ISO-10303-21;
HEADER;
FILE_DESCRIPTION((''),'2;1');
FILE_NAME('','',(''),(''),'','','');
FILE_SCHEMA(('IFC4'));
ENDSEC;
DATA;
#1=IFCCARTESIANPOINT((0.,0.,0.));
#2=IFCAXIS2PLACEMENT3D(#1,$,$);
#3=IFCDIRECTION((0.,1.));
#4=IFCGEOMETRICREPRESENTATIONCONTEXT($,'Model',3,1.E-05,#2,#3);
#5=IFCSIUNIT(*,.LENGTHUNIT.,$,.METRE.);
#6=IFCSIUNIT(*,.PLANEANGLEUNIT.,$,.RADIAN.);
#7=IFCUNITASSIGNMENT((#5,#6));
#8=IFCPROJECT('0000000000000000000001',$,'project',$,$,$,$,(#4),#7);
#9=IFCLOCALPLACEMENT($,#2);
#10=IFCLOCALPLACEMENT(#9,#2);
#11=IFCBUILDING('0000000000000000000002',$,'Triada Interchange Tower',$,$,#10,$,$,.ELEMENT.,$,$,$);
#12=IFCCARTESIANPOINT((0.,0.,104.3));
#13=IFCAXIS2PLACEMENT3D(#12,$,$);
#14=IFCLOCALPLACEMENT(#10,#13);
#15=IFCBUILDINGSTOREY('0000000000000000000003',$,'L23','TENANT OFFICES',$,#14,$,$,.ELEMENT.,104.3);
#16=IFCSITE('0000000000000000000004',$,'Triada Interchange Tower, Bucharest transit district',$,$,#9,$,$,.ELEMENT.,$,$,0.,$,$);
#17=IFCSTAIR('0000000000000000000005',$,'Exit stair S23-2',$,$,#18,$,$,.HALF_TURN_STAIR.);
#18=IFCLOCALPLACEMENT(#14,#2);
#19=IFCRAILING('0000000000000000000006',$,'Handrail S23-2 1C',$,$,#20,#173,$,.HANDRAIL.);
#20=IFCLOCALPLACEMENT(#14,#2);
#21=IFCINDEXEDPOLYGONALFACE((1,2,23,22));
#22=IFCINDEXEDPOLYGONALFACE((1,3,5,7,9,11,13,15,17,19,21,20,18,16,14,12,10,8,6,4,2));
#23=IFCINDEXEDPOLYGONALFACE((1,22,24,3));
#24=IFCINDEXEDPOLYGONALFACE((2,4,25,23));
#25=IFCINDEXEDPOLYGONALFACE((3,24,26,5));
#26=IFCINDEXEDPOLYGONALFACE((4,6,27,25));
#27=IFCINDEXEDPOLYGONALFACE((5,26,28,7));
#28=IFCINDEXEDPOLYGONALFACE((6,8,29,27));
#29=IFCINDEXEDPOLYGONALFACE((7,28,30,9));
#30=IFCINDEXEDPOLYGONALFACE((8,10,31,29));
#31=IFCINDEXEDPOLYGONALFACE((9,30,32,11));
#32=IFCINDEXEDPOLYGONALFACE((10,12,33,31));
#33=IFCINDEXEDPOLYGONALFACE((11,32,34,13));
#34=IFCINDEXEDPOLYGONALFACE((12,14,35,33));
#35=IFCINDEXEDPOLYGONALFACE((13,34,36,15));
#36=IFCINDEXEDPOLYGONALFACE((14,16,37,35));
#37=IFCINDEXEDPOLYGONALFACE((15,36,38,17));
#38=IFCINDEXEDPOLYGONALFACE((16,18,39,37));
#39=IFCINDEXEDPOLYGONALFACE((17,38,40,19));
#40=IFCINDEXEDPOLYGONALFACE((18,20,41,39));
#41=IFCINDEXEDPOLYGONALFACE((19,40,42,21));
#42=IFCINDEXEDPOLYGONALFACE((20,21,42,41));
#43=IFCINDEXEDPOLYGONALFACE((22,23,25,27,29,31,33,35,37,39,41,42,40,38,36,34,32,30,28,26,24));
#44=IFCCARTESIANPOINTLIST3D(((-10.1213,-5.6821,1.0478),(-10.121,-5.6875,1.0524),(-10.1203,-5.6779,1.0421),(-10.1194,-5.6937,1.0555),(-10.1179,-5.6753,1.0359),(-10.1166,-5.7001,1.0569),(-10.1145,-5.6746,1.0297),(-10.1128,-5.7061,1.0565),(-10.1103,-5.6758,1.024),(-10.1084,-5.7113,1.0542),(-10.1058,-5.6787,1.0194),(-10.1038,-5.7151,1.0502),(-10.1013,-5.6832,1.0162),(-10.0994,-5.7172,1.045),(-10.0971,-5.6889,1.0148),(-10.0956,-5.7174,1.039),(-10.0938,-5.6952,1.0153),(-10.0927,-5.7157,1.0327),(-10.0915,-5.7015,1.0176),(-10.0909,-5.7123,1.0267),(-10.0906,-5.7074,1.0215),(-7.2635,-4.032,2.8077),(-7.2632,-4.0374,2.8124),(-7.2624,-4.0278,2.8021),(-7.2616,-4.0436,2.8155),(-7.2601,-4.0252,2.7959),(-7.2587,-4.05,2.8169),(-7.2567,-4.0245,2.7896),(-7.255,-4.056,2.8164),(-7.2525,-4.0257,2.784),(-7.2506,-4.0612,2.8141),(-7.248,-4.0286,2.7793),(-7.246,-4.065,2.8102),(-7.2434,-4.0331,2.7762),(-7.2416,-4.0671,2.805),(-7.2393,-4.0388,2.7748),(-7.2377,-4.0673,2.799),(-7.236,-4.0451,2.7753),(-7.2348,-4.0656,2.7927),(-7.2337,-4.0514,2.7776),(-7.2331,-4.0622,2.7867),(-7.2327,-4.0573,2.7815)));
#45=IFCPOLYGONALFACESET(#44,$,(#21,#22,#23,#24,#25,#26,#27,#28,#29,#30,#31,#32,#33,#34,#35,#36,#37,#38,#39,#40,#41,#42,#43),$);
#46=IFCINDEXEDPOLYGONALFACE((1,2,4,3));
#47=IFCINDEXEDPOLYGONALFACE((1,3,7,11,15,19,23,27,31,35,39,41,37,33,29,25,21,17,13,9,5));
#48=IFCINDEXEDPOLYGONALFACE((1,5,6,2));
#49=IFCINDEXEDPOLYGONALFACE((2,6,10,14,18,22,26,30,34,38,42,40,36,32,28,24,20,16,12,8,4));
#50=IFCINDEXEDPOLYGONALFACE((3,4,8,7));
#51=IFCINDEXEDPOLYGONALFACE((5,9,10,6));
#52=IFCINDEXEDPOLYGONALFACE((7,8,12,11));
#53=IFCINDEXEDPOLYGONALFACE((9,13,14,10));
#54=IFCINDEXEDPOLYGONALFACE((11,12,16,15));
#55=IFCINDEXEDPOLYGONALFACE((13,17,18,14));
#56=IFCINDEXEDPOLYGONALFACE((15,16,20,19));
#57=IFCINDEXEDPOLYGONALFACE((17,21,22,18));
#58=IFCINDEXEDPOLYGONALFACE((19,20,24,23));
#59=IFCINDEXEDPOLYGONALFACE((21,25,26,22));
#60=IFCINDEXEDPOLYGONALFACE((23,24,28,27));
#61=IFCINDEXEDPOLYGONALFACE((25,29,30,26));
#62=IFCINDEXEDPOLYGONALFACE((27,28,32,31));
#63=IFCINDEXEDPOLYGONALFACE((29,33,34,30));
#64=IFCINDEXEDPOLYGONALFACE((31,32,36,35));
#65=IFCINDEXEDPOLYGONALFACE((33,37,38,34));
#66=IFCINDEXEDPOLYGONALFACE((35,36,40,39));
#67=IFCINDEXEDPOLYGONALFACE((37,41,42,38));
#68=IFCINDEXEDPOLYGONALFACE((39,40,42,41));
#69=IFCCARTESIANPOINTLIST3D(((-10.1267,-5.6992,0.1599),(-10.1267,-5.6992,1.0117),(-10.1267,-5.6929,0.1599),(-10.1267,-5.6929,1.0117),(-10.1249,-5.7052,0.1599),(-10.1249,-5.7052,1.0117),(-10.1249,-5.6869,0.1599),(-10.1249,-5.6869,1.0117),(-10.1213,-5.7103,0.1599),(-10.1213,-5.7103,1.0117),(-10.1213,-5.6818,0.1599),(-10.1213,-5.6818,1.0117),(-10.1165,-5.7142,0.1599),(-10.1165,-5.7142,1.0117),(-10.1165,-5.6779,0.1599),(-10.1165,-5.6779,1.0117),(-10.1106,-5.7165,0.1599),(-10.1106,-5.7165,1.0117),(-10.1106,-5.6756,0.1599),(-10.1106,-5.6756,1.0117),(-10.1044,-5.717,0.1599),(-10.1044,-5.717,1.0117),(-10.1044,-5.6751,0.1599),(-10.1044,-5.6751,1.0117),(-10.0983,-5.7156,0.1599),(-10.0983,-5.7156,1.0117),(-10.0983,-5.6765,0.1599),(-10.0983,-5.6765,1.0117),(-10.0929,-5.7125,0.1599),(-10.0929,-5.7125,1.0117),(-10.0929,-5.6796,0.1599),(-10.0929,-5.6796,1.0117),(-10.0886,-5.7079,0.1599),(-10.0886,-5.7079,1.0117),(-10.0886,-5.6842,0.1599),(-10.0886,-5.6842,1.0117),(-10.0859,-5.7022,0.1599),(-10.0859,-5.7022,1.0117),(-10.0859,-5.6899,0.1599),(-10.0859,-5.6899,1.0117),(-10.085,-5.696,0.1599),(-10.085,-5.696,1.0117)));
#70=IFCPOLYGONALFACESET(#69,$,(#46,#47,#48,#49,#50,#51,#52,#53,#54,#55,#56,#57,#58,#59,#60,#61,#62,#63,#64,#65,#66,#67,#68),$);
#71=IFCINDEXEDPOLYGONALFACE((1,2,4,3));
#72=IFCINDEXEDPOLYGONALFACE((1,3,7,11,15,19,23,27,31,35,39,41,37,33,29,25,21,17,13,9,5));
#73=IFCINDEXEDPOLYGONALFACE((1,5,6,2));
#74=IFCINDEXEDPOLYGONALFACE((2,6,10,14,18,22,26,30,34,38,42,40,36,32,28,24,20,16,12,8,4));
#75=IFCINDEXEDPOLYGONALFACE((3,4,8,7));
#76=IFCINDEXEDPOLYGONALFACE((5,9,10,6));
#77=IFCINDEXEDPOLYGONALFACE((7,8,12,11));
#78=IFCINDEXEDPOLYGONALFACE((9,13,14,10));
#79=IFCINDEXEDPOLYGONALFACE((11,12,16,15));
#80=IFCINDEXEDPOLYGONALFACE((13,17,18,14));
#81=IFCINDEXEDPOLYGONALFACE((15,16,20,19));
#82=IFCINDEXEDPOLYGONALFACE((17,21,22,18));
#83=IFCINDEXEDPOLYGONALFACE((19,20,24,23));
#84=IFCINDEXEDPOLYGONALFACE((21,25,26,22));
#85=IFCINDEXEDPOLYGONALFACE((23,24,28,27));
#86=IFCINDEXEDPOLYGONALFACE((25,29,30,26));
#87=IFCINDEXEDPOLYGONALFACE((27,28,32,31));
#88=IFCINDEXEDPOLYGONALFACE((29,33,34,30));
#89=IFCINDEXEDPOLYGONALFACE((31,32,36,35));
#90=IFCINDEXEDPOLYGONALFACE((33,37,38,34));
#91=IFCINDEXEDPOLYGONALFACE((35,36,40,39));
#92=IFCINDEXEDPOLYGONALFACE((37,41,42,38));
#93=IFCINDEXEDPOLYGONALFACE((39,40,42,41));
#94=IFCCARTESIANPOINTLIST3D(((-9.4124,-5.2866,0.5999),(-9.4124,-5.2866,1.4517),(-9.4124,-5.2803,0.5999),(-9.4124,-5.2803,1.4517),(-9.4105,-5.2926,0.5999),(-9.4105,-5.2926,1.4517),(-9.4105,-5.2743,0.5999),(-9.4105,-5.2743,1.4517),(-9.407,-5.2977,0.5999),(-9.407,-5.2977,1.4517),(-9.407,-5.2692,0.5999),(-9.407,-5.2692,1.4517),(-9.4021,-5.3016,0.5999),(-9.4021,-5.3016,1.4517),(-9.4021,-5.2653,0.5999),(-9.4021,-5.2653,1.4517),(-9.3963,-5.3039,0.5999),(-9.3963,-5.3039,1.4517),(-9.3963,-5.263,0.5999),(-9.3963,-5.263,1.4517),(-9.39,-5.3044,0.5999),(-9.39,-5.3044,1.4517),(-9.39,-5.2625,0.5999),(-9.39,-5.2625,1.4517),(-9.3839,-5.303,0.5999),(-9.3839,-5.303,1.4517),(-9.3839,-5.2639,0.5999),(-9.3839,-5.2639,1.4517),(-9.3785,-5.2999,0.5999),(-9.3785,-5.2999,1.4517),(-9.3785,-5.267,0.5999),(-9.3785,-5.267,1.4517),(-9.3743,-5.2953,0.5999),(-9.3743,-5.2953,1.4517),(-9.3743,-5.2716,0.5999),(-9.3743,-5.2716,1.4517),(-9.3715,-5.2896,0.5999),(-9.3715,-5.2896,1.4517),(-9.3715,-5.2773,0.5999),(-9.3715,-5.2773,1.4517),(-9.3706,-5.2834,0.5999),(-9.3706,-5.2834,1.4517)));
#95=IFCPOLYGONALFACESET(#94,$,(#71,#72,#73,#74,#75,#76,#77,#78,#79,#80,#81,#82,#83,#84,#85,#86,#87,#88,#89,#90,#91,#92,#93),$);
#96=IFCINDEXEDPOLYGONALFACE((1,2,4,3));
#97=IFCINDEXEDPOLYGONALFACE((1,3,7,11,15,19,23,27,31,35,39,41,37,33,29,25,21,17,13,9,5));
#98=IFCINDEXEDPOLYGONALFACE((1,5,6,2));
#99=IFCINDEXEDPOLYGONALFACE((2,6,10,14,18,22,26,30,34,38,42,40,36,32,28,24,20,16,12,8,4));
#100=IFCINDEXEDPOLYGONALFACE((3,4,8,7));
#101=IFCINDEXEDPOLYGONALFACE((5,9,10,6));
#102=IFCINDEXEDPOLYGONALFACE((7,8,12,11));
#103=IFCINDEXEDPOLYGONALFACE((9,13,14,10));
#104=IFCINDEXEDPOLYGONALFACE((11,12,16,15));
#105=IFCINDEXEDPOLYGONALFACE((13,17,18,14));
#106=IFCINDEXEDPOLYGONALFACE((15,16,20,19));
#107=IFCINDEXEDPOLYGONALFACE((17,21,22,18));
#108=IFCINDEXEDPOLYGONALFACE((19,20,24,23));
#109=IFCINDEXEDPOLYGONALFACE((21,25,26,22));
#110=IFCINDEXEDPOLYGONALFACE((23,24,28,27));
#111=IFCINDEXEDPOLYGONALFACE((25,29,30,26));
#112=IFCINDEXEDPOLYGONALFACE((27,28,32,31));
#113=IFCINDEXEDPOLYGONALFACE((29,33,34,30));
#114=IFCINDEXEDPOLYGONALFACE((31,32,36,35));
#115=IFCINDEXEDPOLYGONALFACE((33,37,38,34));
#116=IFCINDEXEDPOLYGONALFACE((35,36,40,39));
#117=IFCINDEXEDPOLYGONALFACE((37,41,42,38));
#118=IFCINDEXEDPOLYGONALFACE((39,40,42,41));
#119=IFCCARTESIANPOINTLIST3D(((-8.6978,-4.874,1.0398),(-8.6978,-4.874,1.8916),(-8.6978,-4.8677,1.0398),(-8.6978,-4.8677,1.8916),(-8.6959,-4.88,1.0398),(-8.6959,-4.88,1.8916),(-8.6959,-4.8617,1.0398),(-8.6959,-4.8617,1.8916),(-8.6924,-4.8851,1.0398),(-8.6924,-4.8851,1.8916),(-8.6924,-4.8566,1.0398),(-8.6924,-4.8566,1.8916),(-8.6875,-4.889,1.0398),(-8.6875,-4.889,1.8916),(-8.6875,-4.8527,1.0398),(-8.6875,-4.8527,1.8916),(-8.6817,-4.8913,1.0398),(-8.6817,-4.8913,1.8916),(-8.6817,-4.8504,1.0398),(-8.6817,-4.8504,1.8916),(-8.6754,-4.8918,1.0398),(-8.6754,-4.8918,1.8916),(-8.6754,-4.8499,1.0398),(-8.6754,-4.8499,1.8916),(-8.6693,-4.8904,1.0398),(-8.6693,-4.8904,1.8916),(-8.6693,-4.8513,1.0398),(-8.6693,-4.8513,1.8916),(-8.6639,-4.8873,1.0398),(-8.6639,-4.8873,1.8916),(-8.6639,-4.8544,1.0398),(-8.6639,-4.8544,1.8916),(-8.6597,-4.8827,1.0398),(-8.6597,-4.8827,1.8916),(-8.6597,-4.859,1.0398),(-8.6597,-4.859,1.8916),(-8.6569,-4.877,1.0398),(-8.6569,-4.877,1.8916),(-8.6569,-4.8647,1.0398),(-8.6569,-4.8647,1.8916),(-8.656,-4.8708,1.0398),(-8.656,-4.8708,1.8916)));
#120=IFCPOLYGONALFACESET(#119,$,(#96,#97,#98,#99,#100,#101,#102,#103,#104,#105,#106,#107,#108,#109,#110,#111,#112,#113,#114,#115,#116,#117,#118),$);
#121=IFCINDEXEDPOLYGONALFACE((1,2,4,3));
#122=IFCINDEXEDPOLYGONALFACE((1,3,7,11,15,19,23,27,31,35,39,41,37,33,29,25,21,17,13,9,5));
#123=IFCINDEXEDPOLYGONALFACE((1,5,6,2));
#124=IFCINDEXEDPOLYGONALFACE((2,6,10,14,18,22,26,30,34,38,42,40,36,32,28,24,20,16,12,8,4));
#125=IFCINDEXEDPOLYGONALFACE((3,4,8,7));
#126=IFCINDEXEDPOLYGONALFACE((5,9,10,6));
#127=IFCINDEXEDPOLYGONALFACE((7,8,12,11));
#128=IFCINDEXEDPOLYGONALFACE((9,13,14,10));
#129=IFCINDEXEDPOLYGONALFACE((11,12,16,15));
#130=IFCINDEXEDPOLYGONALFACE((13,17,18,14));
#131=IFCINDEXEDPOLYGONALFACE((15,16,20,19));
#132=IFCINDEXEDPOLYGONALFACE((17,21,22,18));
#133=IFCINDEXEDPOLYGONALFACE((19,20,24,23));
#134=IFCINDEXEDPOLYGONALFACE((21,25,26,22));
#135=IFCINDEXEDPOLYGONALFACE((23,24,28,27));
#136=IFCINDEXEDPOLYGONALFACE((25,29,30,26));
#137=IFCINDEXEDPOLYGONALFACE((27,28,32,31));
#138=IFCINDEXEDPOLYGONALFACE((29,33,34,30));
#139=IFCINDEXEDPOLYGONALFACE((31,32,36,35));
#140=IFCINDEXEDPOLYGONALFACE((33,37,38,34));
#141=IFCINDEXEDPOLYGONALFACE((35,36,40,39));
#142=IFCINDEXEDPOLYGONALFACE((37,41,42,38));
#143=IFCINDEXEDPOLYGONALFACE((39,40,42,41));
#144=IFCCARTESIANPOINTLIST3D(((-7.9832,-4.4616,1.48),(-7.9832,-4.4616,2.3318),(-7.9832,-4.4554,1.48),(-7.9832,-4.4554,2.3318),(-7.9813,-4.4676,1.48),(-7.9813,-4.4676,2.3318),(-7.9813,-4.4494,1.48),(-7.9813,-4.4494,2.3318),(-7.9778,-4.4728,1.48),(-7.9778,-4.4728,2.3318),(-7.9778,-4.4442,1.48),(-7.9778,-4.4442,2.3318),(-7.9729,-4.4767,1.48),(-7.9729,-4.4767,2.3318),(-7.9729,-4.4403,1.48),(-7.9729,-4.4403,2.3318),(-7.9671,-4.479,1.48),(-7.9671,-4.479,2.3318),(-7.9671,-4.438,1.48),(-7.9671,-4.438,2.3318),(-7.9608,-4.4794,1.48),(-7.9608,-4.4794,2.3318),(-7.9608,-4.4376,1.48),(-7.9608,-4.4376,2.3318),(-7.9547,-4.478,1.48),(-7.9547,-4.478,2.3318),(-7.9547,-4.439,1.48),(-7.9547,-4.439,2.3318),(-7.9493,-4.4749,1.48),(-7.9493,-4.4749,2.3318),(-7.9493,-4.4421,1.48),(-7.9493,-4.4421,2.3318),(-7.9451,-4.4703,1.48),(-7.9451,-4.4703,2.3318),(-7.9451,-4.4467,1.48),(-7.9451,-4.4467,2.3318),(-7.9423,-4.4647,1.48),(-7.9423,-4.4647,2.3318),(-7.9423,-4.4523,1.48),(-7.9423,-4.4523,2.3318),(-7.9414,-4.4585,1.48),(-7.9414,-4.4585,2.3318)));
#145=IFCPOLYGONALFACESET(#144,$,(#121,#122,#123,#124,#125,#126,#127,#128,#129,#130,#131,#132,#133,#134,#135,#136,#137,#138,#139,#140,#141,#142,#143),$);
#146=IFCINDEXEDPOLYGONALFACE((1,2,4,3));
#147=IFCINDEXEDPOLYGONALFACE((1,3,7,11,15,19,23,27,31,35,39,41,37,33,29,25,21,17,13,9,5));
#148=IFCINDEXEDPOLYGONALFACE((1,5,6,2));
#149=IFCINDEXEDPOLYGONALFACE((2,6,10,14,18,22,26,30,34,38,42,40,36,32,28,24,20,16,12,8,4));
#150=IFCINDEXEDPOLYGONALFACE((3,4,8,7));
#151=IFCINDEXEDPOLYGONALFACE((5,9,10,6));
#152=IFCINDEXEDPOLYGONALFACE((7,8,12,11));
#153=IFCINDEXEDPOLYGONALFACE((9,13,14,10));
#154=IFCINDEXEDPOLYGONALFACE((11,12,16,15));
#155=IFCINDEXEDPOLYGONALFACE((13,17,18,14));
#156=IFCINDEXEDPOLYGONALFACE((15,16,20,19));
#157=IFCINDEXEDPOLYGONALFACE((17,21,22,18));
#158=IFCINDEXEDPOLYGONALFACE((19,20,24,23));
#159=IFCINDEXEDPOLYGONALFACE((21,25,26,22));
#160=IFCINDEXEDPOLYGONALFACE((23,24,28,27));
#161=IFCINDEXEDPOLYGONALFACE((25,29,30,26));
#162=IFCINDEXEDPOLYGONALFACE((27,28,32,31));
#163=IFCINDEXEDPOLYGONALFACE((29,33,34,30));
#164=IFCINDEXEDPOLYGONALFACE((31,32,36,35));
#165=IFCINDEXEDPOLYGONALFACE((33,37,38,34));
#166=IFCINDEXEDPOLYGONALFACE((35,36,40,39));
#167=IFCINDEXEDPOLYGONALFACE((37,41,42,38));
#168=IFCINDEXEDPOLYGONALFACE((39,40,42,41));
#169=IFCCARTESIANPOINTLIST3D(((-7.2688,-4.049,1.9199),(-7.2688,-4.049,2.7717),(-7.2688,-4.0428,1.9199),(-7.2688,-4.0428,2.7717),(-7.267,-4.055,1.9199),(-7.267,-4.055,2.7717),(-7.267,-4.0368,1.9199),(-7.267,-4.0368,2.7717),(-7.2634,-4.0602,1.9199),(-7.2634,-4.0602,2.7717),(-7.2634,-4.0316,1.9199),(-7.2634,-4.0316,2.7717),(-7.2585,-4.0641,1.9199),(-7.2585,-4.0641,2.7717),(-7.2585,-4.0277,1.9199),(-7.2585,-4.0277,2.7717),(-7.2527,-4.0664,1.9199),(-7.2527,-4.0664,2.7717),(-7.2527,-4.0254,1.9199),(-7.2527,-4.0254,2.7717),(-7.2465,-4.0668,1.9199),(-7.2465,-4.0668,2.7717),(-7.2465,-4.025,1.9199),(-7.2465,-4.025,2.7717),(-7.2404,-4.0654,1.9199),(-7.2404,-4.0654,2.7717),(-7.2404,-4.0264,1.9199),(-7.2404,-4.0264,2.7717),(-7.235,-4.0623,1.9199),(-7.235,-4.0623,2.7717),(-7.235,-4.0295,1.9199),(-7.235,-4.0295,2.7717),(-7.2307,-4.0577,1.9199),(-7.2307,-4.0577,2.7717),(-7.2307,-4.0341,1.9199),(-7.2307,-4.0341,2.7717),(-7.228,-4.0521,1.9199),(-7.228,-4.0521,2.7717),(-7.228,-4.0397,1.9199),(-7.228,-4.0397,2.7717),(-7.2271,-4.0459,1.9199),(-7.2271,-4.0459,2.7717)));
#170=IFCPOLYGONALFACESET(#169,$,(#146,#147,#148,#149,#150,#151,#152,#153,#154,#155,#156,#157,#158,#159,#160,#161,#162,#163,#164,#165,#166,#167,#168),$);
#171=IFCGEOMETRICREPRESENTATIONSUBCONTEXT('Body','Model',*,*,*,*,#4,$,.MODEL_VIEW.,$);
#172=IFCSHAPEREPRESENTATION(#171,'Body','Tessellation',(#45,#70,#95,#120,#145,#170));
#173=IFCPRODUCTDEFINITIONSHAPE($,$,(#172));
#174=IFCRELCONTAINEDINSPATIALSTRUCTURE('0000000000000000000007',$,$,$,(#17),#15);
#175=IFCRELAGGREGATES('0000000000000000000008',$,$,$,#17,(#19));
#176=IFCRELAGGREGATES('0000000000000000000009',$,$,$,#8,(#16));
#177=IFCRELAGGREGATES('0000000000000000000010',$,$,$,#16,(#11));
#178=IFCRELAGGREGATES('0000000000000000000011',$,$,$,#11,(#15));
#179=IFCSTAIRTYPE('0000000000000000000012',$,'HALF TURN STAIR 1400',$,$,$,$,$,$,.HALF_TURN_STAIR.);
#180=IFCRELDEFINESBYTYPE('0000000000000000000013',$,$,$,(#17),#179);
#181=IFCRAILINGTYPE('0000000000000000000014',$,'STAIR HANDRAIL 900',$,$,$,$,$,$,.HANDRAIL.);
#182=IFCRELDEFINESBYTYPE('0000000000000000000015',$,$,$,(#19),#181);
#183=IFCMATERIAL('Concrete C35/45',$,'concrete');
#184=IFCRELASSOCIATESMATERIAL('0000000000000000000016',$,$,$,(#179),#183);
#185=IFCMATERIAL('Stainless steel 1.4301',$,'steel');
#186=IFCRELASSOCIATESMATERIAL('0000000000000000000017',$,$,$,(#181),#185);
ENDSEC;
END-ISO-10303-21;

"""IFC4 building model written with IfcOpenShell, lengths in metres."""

from ifc_helpers import new_model, si_unit, direction, frame, origin, origin_2d, place, context, subcontext, project, spatial, circle, extrude, material, type_object, element, aggregate, save


model = new_model("IFC4")

# Units and contexts
model_context = context("Model", 3, precision=1e-05, world=origin(), true_north=direction((0.0, 1.0)))
body_context = subcontext(model_context, "Body", "Model", "MODEL_VIEW")
ifc_project = project(units=[si_unit("LENGTHUNIT", "METRE"), si_unit("PLANEANGLEUNIT", "RADIAN")], contexts=[model_context])

# Site, building, storey
site_placement = place(None, origin())
site = spatial("IfcSite", under=ifc_project, at=site_placement, Name="Triada Interchange Tower, Bucharest transit district", CompositionType="ELEMENT", RefElevation=0.0)
building_placement = place(site_placement, origin())
building = spatial("IfcBuilding", under=site, at=building_placement, Name="Triada Interchange Tower", CompositionType="ELEMENT")
storey_placement = place(building_placement, frame((0.0, 0.0, 104.3)))
storey = spatial("IfcBuildingStorey", under=building, at=storey_placement, Name="L23", Description="TENANT OFFICES", CompositionType="ELEMENT", Elevation=104.3)

# Stair, railing
ifc_material_1 = material(Name="Concrete C35/45", Category="concrete")
stair_type = type_object("IfcStairType", Name="HALF TURN STAIR 1400", PredefinedType="HALF_TURN_STAIR", material=ifc_material_1)
stair_placement = place(storey_placement, origin())
stair = element("IfcStair", 1, at=stair_placement, inside=storey, type_object=stair_type, Name="Exit stair S23-2", PredefinedType="HALF_TURN_STAIR")
ifc_material_2 = material(Name="Stainless steel 1.4301", Category="steel")
railing_type = type_object("IfcRailingType", Name="STAIR HANDRAIL 900", PredefinedType="HANDRAIL", material=ifc_material_2)
railing_1_placement = place(storey_placement, frame((-10.106, -5.696, 0.1599)))
railing_1 = element("IfcRailing", 2, at=railing_1_placement, type_object=railing_type, Name="Handrail S23-2 1C", PredefinedType="HANDRAIL", context=body_context, shape_type="SweptSolid", body=[
    extrude(circle(Radius=0.0239, at=origin_2d()), frame((0.0, 0.0, 0.876), z_axis=(0.764129, 0.441205, 0.47058), x_axis=(-0.50003, 0.866008, 0.0)), (0.0, 0.0, 1.0), 3.74),
    extrude(circle(Radius=0.021, at=origin_2d()), origin(), (0.0, 0.0, 1.0), 0.8518),
    extrude(circle(Radius=0.021, at=origin_2d()), frame((0.7144, 0.4126, 0.4399)), (0.0, 0.0, 1.0), 0.8518),
    extrude(circle(Radius=0.021, at=origin_2d()), frame((1.429, 0.8252, 0.8799)), (0.0, 0.0, 1.0), 0.8518),
    extrude(circle(Radius=0.021, at=origin_2d()), frame((2.1436, 1.2375, 1.3201)), (0.0, 0.0, 1.0), 0.8518),
    extrude(circle(Radius=0.021, at=origin_2d()), frame((2.8579, 1.6501, 1.76)), (0.0, 0.0, 1.0), 0.8518),
])
aggregate(stair, [railing_1])

save(model, "model.ifc")
